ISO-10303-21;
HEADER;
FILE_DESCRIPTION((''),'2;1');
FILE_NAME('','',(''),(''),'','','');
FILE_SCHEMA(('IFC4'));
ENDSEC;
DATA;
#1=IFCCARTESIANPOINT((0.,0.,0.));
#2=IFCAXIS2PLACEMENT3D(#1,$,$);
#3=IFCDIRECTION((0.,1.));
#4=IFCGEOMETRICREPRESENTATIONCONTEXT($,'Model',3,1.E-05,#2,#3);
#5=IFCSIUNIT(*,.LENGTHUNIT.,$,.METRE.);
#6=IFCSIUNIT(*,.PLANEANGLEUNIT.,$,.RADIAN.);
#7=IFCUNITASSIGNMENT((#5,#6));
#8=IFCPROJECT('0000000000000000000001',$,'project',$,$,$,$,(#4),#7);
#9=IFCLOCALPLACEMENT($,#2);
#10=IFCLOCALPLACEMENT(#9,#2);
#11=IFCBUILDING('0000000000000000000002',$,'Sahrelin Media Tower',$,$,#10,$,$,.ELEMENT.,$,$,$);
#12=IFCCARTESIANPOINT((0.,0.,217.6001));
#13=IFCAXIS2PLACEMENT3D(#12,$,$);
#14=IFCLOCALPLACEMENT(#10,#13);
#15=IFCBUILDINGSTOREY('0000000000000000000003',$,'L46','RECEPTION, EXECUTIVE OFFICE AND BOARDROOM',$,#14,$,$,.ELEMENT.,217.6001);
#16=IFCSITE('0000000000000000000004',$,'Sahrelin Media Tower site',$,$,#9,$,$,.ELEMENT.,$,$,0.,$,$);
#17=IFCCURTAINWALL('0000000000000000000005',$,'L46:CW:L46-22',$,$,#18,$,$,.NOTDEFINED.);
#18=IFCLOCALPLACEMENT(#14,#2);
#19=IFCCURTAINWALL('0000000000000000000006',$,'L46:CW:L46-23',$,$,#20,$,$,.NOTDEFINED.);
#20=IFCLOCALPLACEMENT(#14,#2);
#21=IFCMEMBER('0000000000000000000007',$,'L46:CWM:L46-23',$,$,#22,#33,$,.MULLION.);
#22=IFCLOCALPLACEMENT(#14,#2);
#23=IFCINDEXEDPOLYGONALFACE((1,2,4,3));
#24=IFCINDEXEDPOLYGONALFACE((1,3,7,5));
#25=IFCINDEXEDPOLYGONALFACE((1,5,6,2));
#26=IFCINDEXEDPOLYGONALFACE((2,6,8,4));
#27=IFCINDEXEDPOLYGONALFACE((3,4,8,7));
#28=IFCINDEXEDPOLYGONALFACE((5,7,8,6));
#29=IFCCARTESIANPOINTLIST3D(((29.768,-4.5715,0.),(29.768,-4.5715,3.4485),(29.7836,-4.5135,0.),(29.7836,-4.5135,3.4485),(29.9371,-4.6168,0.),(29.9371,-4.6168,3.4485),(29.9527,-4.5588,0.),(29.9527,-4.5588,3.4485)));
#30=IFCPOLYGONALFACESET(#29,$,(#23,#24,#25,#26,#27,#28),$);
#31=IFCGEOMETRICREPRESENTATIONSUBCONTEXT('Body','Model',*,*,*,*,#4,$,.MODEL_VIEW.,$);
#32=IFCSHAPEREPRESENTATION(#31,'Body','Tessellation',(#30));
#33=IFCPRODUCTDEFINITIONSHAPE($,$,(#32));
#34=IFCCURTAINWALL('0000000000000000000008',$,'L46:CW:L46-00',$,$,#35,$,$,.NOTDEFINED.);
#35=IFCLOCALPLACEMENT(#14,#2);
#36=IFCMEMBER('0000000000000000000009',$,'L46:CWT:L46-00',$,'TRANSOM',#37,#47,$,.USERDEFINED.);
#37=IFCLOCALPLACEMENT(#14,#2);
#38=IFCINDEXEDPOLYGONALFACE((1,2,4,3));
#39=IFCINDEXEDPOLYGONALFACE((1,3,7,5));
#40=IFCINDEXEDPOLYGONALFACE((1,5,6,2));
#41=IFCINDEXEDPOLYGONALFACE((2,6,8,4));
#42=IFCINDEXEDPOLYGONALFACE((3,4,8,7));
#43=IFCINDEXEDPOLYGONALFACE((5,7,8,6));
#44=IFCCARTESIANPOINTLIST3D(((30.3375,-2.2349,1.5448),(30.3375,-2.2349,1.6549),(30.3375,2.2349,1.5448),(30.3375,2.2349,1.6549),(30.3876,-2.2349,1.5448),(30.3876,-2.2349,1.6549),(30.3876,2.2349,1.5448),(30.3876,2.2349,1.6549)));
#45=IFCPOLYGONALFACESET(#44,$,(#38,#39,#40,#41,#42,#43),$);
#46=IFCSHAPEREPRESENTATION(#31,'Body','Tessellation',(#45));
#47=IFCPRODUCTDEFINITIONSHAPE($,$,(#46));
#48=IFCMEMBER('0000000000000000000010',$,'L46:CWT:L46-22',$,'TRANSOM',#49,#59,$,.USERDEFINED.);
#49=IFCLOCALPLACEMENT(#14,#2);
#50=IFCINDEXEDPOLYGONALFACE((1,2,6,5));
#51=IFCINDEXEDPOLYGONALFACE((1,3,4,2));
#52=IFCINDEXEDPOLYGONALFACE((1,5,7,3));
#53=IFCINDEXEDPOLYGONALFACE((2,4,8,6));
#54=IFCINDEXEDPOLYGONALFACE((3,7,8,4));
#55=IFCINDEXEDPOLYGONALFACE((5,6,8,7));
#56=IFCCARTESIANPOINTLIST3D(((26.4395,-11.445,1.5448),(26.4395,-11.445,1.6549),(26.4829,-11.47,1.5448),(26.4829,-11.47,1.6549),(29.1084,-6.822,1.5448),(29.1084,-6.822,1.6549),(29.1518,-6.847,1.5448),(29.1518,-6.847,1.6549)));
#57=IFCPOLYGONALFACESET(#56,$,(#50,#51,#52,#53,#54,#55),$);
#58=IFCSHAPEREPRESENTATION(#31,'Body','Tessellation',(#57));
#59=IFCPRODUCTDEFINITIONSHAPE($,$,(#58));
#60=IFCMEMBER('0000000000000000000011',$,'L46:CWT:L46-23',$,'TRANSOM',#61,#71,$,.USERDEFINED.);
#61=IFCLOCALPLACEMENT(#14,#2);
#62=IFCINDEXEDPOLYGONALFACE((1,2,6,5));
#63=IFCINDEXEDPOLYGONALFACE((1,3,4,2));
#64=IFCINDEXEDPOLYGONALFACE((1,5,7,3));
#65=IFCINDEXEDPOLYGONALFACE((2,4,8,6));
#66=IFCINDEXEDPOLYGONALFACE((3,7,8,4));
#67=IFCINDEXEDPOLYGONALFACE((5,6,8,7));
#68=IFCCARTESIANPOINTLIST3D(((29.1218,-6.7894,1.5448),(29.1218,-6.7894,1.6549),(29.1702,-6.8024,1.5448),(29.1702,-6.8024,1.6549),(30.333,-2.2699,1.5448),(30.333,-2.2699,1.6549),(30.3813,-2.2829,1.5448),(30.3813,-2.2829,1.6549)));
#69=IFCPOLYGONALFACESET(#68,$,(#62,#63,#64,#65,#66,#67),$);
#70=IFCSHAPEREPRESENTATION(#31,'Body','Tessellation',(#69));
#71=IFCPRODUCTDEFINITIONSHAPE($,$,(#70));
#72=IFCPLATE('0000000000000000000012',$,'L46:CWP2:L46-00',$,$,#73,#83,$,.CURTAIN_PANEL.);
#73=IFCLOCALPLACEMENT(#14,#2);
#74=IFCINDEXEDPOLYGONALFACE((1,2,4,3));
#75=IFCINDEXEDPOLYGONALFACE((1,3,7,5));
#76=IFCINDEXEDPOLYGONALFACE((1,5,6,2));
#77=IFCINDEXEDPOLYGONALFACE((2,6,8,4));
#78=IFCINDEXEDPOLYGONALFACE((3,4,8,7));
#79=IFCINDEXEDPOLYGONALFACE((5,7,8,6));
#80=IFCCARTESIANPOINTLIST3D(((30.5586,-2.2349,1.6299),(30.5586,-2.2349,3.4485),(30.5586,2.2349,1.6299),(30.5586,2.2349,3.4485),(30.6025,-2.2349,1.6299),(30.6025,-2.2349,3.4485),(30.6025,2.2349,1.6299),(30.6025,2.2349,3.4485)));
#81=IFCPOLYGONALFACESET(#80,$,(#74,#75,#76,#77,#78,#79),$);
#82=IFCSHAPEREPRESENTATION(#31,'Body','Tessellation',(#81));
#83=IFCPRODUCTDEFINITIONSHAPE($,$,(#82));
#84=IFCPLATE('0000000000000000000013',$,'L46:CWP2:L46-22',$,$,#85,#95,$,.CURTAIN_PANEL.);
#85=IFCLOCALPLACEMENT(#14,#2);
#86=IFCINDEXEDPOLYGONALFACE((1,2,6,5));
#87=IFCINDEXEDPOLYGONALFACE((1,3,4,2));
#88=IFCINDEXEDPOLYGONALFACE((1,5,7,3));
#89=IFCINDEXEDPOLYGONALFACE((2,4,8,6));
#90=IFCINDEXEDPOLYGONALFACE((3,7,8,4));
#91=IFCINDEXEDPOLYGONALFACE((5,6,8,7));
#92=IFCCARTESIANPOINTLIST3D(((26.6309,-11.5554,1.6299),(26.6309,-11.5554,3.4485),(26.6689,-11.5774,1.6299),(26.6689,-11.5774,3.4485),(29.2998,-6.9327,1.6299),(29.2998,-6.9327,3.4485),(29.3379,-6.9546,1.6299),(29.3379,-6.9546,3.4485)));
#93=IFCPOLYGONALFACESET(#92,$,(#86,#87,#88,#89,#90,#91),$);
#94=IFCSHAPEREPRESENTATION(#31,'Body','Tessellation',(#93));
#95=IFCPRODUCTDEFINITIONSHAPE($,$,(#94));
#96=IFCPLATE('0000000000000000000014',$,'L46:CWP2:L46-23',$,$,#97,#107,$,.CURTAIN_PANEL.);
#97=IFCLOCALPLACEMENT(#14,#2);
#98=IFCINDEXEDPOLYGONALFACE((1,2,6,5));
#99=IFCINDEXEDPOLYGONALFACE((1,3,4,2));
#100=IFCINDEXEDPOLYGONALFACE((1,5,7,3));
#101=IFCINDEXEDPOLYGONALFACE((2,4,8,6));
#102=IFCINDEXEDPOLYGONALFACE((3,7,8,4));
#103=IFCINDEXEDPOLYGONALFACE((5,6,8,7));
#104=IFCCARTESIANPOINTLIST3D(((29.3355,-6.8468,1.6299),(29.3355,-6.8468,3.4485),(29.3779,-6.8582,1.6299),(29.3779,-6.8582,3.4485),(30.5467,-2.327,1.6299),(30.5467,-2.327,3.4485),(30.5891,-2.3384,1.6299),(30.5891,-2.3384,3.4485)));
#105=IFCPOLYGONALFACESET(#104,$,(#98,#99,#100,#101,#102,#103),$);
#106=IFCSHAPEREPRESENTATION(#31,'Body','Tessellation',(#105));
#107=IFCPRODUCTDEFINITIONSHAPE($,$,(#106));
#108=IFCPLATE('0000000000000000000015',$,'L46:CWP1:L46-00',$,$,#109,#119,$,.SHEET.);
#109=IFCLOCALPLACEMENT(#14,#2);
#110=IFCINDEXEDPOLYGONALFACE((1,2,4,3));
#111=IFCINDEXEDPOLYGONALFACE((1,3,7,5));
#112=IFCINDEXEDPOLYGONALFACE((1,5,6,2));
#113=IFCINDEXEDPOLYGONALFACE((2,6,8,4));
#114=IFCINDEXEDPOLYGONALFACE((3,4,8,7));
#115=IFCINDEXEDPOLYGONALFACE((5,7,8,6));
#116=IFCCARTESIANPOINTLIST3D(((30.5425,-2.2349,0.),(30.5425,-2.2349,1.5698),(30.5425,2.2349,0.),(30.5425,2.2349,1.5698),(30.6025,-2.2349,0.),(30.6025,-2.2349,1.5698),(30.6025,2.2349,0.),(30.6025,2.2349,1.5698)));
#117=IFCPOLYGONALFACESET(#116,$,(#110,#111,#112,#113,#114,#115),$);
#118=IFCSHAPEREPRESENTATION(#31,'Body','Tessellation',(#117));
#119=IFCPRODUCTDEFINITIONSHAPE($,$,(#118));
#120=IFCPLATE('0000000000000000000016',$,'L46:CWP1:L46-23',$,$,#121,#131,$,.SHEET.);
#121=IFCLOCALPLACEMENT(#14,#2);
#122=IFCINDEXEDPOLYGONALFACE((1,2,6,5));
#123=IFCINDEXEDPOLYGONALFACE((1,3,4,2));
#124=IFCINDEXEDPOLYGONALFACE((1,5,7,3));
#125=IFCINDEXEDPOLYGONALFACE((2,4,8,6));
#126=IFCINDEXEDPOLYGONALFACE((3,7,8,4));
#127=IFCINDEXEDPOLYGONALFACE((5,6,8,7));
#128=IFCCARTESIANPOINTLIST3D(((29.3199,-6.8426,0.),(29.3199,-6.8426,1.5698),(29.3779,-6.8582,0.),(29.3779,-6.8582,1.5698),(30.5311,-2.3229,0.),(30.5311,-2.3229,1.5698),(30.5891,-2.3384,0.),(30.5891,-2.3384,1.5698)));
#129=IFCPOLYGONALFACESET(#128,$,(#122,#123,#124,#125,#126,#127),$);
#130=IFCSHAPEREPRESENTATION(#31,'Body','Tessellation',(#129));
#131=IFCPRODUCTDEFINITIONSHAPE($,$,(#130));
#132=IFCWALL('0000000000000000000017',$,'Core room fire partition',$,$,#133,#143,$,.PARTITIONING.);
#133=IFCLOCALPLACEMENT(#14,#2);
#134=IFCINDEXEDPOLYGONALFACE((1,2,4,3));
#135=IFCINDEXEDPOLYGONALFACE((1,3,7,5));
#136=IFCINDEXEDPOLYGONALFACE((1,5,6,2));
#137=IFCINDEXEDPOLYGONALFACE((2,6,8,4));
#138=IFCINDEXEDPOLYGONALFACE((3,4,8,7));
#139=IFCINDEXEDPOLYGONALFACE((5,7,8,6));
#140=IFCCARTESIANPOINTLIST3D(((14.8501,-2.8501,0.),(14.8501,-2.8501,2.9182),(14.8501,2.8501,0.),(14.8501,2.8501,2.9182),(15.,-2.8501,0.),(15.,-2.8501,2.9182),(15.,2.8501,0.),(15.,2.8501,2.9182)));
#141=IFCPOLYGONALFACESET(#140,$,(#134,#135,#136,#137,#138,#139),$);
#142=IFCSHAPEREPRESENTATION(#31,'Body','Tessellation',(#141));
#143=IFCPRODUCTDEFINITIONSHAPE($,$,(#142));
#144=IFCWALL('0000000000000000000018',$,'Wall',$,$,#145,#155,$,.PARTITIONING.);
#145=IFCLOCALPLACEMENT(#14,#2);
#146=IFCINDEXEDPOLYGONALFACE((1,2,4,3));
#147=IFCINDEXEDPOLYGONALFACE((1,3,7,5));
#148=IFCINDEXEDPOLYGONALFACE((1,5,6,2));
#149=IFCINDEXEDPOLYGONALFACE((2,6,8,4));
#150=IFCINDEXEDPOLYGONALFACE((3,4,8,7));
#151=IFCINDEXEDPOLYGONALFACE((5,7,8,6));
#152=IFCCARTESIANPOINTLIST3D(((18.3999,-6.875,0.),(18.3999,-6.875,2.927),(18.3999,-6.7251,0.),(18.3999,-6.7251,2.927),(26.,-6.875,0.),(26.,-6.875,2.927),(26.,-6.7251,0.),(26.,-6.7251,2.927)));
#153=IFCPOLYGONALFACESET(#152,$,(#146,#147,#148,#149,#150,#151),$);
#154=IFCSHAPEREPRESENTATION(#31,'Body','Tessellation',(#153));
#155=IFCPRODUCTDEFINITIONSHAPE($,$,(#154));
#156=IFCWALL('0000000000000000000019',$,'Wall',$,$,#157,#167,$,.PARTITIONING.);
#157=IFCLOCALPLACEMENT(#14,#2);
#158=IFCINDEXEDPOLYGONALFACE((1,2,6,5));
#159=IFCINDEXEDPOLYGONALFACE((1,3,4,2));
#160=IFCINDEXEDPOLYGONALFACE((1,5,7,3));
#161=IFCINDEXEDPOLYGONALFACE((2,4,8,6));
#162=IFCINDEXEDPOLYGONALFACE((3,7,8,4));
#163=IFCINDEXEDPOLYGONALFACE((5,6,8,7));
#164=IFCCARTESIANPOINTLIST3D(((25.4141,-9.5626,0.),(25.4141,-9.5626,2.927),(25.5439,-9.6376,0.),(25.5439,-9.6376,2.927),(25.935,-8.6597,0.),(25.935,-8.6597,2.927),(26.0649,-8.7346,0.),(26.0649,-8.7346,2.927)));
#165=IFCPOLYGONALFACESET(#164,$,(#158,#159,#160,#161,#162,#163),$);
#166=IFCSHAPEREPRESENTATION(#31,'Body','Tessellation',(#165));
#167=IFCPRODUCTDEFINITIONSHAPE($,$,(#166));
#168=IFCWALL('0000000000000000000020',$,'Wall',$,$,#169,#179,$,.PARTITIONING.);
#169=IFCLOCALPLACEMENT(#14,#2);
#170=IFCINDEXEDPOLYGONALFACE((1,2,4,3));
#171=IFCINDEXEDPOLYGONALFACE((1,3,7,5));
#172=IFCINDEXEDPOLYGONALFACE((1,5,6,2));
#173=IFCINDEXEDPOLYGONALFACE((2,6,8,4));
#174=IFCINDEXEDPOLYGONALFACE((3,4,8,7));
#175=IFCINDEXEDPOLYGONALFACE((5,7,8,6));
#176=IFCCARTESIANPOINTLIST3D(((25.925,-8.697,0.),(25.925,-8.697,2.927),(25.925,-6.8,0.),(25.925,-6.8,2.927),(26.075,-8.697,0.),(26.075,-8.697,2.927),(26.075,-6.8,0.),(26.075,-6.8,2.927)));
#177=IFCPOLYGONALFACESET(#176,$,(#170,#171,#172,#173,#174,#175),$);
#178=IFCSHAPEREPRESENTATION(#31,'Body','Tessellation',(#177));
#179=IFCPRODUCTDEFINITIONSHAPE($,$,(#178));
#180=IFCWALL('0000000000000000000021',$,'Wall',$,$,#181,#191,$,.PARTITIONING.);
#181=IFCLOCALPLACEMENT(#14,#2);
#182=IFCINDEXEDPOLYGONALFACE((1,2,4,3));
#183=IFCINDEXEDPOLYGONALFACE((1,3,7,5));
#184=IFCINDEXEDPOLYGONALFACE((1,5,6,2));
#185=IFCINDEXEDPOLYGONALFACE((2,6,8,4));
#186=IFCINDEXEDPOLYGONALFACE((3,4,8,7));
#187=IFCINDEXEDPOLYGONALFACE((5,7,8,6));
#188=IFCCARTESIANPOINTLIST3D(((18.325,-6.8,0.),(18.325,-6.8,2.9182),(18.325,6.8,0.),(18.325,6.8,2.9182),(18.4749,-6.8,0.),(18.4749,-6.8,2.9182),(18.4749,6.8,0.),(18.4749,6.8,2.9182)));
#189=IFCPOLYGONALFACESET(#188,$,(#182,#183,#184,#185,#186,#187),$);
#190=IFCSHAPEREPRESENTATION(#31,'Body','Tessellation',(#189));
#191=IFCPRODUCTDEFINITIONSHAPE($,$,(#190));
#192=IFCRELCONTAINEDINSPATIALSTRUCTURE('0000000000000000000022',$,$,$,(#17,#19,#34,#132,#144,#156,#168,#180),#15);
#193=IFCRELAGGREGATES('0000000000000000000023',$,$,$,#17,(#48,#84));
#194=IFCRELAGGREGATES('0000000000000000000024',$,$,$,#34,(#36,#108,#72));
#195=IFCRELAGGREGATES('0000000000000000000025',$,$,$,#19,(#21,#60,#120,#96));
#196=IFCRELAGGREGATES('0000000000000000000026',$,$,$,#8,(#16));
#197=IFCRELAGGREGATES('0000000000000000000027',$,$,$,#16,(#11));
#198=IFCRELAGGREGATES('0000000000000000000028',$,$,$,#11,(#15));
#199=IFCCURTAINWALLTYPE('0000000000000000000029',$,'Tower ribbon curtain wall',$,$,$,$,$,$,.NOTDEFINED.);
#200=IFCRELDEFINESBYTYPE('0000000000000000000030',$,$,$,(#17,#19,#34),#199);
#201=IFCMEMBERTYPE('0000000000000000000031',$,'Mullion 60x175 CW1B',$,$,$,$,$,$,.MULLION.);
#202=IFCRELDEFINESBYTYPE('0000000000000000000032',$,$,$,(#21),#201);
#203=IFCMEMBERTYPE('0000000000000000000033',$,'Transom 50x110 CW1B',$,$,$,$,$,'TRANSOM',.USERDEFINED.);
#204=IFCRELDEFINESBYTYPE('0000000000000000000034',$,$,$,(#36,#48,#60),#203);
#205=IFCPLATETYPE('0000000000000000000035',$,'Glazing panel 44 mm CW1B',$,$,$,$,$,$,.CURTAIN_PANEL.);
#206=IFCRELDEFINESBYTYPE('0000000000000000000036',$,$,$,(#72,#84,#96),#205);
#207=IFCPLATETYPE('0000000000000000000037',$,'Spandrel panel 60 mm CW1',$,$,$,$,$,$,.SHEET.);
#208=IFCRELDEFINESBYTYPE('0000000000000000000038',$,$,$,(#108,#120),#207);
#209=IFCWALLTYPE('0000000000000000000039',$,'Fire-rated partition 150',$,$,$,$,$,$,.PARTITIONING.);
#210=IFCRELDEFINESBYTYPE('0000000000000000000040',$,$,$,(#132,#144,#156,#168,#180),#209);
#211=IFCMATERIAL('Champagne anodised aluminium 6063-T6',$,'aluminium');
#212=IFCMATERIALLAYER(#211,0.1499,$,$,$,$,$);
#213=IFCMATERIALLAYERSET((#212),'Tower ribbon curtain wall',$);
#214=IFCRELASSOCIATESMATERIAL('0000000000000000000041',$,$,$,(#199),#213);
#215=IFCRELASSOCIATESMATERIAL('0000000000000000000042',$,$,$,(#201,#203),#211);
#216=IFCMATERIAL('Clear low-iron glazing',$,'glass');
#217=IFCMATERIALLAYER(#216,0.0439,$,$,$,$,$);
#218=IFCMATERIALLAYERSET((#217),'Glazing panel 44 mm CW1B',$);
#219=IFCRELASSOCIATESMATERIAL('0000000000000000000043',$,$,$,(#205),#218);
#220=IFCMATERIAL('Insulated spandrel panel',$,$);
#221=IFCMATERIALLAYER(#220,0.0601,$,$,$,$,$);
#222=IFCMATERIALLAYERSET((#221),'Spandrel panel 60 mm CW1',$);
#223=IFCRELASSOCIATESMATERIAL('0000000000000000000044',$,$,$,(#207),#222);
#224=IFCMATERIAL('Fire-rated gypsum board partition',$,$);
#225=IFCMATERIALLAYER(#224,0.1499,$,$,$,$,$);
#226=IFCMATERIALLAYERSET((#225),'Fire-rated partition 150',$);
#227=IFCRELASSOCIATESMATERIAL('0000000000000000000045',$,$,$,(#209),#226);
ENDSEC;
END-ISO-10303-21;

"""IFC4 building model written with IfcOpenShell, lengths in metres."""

from ifc_helpers import new_model, si_unit, direction, frame, frame_2d, origin, origin_2d, place, context, subcontext, project, spatial, polyline, rectangle, outline, extrude, material, layer, layer_set, material_profile, profile_set, type_object, element, aggregate, save


model = new_model("IFC4")

# Units and contexts
model_context = context("Model", 3, precision=1e-05, world=origin(), true_north=direction((0.0, 1.0)))
body_context = subcontext(model_context, "Body", "Model", "MODEL_VIEW")
ifc_project = project(units=[si_unit("LENGTHUNIT", "METRE"), si_unit("PLANEANGLEUNIT", "RADIAN")], contexts=[model_context])

# Site, building, storey
site_placement = place(None, origin())
site = spatial("IfcSite", under=ifc_project, at=site_placement, Name="Sahrelin Media Tower site", CompositionType="ELEMENT", RefElevation=0.0)
building_placement = place(site_placement, origin())
building = spatial("IfcBuilding", under=site, at=building_placement, Name="Sahrelin Media Tower", CompositionType="ELEMENT")
storey_placement = place(building_placement, frame((0.0, 0.0, 217.6001)))
storey = spatial("IfcBuildingStorey", under=building, at=storey_placement, Name="L46", Description="RECEPTION, EXECUTIVE OFFICE AND BOARDROOM", CompositionType="ELEMENT", Elevation=217.6001)

# Curtain walls, members
ifc_material_1 = material(Name="Champagne anodised aluminium 6063-T6", Category="aluminium")
ifc_layer_1 = layer(ifc_material_1, 0.1499)
ifc_layer_set_1 = layer_set([ifc_layer_1], Name="Tower ribbon curtain wall")
curtain_wall_type = type_object("IfcCurtainWallType", Name="Tower ribbon curtain wall", PredefinedType="NOTDEFINED", material=ifc_layer_set_1)
curtain_wall_1_placement = place(storey_placement, frame((27.9861, -9.2561, 0.0), z_axis=(0.0, 0.0, 1.0), x_axis=(1.0, 0.0, 0.0)))
curtain_wall_1 = element("IfcCurtainWall", 1, at=curtain_wall_1_placement, inside=storey, type_object=curtain_wall_type, Name="L46:CW:L46-22", PredefinedType="NOTDEFINED")
ifc_material_profile_1 = material_profile(ifc_material_1, rectangle(XDim=0.0601, YDim=0.175, at=origin_2d()), Name="Mullion 60x175")
ifc_profile_set_1 = profile_set([ifc_material_profile_1], Name="Champagne anodised aluminium 6063-T6")
member_type_1 = type_object("IfcMemberType", Name="Mullion 60x175 CW1B", PredefinedType="MULLION", material=ifc_profile_set_1)
curtain_wall_2_placement = place(storey_placement, frame((29.9641, -4.593, 0.0), z_axis=(0.0, 0.0, 1.0), x_axis=(1.0, 0.0, 0.0)))
curtain_wall_2 = element("IfcCurtainWall", 2, at=curtain_wall_2_placement, inside=storey, type_object=curtain_wall_type, Name="L46:CW:L46-23", PredefinedType="NOTDEFINED")
member_1_placement = place(storey_placement, frame((29.8604, -4.5652, 0.0), z_axis=(0.0, 0.0, 1.0), x_axis=(0.258812, 0.965928, 0.0)))
member_1 = element("IfcMember", 3, at=member_1_placement, type_object=member_type_1, Name="L46:CWM:L46-23", PredefinedType="MULLION", context=body_context, shape_type="SweptSolid", body=[
    extrude(rectangle(XDim=0.0601, YDim=0.175, at=origin_2d()), origin(), (0.0, 0.0, 1.0), 3.4485),
])
curtain_wall_3_placement = place(storey_placement, frame((30.5825, 0.0, 0.0), z_axis=(0.0, 0.0, 1.0), x_axis=(1.0, 0.0, 0.0)))
curtain_wall_3 = element("IfcCurtainWall", 4, at=curtain_wall_3_placement, inside=storey, type_object=curtain_wall_type, Name="L46:CW:L46-00", PredefinedType="NOTDEFINED")
ifc_material_profile_2 = material_profile(ifc_material_1, rectangle(XDim=0.05, YDim=0.1101, at=origin_2d()), Name="Transom 50x110")
ifc_profile_set_2 = profile_set([ifc_material_profile_2], Name="Champagne anodised aluminium 6063-T6")
member_type_2 = type_object("IfcMemberType", Name="Transom 50x110 CW1B", ElementType="TRANSOM", PredefinedType="USERDEFINED", material=ifc_profile_set_2)
member_2_placement = place(storey_placement, frame((30.3625, -2.2349, 1.5999), z_axis=(0.0, 1.0, 0.0), x_axis=(-1.0, 0.0, 0.0)))
member_2 = element("IfcMember", 5, at=member_2_placement, type_object=member_type_2, Name="L46:CWT:L46-00", ObjectType="TRANSOM", PredefinedType="USERDEFINED", context=body_context, shape_type="SweptSolid", body=[
    extrude(rectangle(XDim=0.05, YDim=0.1101, at=origin_2d()), origin(), (0.0, 0.0, 1.0), 4.4697),
])

# Members
member_3_placement = place(storey_placement, frame((26.4612, -11.4575, 1.5999), z_axis=(0.499976, 0.866039, 0.0), x_axis=(-0.866039, 0.499976, 0.0)))
member_3 = element("IfcMember", 6, at=member_3_placement, type_object=member_type_2, Name="L46:CWT:L46-22", ObjectType="TRANSOM", PredefinedType="USERDEFINED", context=body_context, shape_type="SweptSolid", body=[
    extrude(rectangle(XDim=0.05, YDim=0.1101, at=origin_2d()), origin(), (0.0, 0.0, 1.0), 5.3381),
])
member_4_placement = place(storey_placement, frame((29.146, -6.7959, 1.5999), z_axis=(0.258854, 0.965916, 0.0), x_axis=(-0.965916, 0.258854, 0.0)))
member_4 = element("IfcMember", 7, at=member_4_placement, type_object=member_type_2, Name="L46:CWT:L46-23", ObjectType="TRANSOM", PredefinedType="USERDEFINED", context=body_context, shape_type="SweptSolid", body=[
    extrude(rectangle(XDim=0.05, YDim=0.1101, at=origin_2d()), origin(), (0.0, 0.0, 1.0), 4.679),
])

# Plates
ifc_material_2 = material(Name="Clear low-iron glazing", Category="glass")
ifc_layer_2 = layer(ifc_material_2, 0.0439)
ifc_layer_set_2 = layer_set([ifc_layer_2], Name="Glazing panel 44 mm CW1B")
plate_type_1 = type_object("IfcPlateType", Name="Glazing panel 44 mm CW1B", PredefinedType="CURTAIN_PANEL", material=ifc_layer_set_2)
plate_1_placement = place(storey_placement, frame((30.6025, -2.2349, 1.6299), z_axis=(1.0, 0.0, 0.0), x_axis=(0.0, 1.0, 0.0)))
plate_1 = element("IfcPlate", 8, at=plate_1_placement, type_object=plate_type_1, Name="L46:CWP2:L46-00", PredefinedType="CURTAIN_PANEL", context=body_context, shape_type="SweptSolid", body=[
    extrude(outline(polyline([(0.0, 0.0), (4.4697, 0.0), (4.4697, 1.8186), (0.0, 1.8186), (0.0, 0.0)])), origin(), (0.0, 0.0, -1.0), 0.0439),
])
plate_2_placement = place(storey_placement, frame((26.6689, -11.5774, 1.6299), z_axis=(0.866028, -0.499996, 0.0), x_axis=(0.499996, 0.866028, 0.0)))
plate_2 = element("IfcPlate", 9, at=plate_2_placement, type_object=plate_type_1, Name="L46:CWP2:L46-22", PredefinedType="CURTAIN_PANEL", context=body_context, shape_type="SweptSolid", body=[
    extrude(outline(polyline([(0.0, 0.0), (5.3379, 0.0), (5.3379, 1.8186), (0.0, 1.8186), (0.0, 0.0)])), origin(), (0.0, 0.0, -1.0), 0.0439),
])
aggregate(curtain_wall_1, [member_3, plate_2])
plate_3_placement = place(storey_placement, frame((29.3779, -6.8582, 1.6299), z_axis=(0.96592, -0.258841, 0.0), x_axis=(0.258841, 0.96592, 0.0)))
plate_3 = element("IfcPlate", 10, at=plate_3_placement, type_object=plate_type_1, Name="L46:CWP2:L46-23", PredefinedType="CURTAIN_PANEL", context=body_context, shape_type="SweptSolid", body=[
    extrude(outline(polyline([(0.0, 0.0), (4.6792, 0.0), (4.6792, 1.8186), (0.0, 1.8186), (0.0, 0.0)])), origin(), (0.0, 0.0, -1.0), 0.0439),
])
ifc_material_3 = material(Name="Insulated spandrel panel")
ifc_layer_3 = layer(ifc_material_3, 0.0601)
ifc_layer_set_3 = layer_set([ifc_layer_3], Name="Spandrel panel 60 mm CW1")
plate_type_2 = type_object("IfcPlateType", Name="Spandrel panel 60 mm CW1", PredefinedType="SHEET", material=ifc_layer_set_3)
plate_4_placement = place(storey_placement, frame((30.6025, -2.2349, 0.0), z_axis=(1.0, 0.0, 0.0), x_axis=(0.0, 1.0, 0.0)))
plate_4 = element("IfcPlate", 11, at=plate_4_placement, type_object=plate_type_2, Name="L46:CWP1:L46-00", PredefinedType="SHEET", context=body_context, shape_type="SweptSolid", body=[
    extrude(outline(polyline([(0.0, 0.0), (4.4697, 0.0), (4.4697, 1.5698), (0.0, 1.5698), (0.0, 0.0)])), origin(), (0.0, 0.0, -1.0), 0.0601),
])
aggregate(curtain_wall_3, [member_2, plate_4, plate_1])
plate_5_placement = place(storey_placement, frame((29.3779, -6.8582, 0.0), z_axis=(0.96592, -0.258841, 0.0), x_axis=(0.258841, 0.96592, 0.0)))
plate_5 = element("IfcPlate", 12, at=plate_5_placement, type_object=plate_type_2, Name="L46:CWP1:L46-23", PredefinedType="SHEET", context=body_context, shape_type="SweptSolid", body=[
    extrude(outline(polyline([(0.0, 0.0), (4.6792, 0.0), (4.6792, 1.5698), (0.0, 1.5698), (0.0, 0.0)])), origin(), (0.0, 0.0, -1.0), 0.0601),
])
aggregate(curtain_wall_2, [member_1, member_4, plate_5, plate_3])

# Walls
ifc_material_4 = material(Name="Fire-rated gypsum board partition")
ifc_layer_4 = layer(ifc_material_4, 0.1499)
ifc_layer_set_4 = layer_set([ifc_layer_4], Name="Fire-rated partition 150")
wall_type_1 = type_object("IfcWallType", Name="Fire-rated partition 150", PredefinedType="PARTITIONING", material=ifc_layer_set_4)
wall_1_placement = place(storey_placement, frame((14.925, -2.8501, 0.0), z_axis=(0.0, 0.0, 1.0), x_axis=(0.0, 1.0, 0.0)))
element("IfcWall", 13, at=wall_1_placement, inside=storey, type_object=wall_type_1, Name="Core room fire partition", PredefinedType="PARTITIONING", context=body_context, shape_type="SweptSolid", body=[
    extrude(rectangle(XDim=5.7002, YDim=0.1499, at=frame_2d((2.8501, 0.0))), origin(), (0.0, 0.0, 1.0), 2.9182),
])
wall_2_placement = place(storey_placement, frame((18.3999, -6.8, 0.0), z_axis=(0.0, 0.0, 1.0), x_axis=(1.0, 0.0, 0.0)))
element("IfcWall", 14, at=wall_2_placement, inside=storey, type_object=wall_type_1, Name="Wall", PredefinedType="PARTITIONING", context=body_context, shape_type="SweptSolid", body=[
    extrude(rectangle(XDim=7.6001, YDim=0.1499, at=frame_2d((3.8, 0.0))), origin(), (0.0, 0.0, 1.0), 2.927),
])
wall_3_placement = place(storey_placement, frame((25.479, -9.6001, 0.0), z_axis=(0.0, 0.0, 1.0), x_axis=(0.499716, 0.866189, 0.0)))
element("IfcWall", 15, at=wall_3_placement, inside=storey, type_object=wall_type_1, Name="Wall", PredefinedType="PARTITIONING", context=body_context, shape_type="SweptSolid", body=[
    extrude(rectangle(XDim=1.0425, YDim=0.1499, at=frame_2d((0.5212, 0.0))), origin(), (0.0, 0.0, 1.0), 2.927),
])
wall_4_placement = place(storey_placement, frame((26.0, -8.697, 0.0), z_axis=(0.0, 0.0, 1.0), x_axis=(0.0, 1.0, 0.0)))
element("IfcWall", 16, at=wall_4_placement, inside=storey, type_object=wall_type_1, Name="Wall", PredefinedType="PARTITIONING", context=body_context, shape_type="SweptSolid", body=[
    extrude(rectangle(XDim=1.897, YDim=0.1499, at=frame_2d((0.9485, 0.0))), origin(), (0.0, 0.0, 1.0), 2.927),
])
wall_5_placement = place(storey_placement, frame((18.3999, -6.8, 0.0), z_axis=(0.0, 0.0, 1.0), x_axis=(0.0, 1.0, 0.0)))
element("IfcWall", 17, at=wall_5_placement, inside=storey, type_object=wall_type_1, Name="Wall", PredefinedType="PARTITIONING", context=body_context, shape_type="SweptSolid", body=[
    extrude(rectangle(XDim=13.6001, YDim=0.1499, at=frame_2d((6.8, 0.0))), origin(), (0.0, 0.0, 1.0), 2.9182),
])

save(model, "model.ifc")
